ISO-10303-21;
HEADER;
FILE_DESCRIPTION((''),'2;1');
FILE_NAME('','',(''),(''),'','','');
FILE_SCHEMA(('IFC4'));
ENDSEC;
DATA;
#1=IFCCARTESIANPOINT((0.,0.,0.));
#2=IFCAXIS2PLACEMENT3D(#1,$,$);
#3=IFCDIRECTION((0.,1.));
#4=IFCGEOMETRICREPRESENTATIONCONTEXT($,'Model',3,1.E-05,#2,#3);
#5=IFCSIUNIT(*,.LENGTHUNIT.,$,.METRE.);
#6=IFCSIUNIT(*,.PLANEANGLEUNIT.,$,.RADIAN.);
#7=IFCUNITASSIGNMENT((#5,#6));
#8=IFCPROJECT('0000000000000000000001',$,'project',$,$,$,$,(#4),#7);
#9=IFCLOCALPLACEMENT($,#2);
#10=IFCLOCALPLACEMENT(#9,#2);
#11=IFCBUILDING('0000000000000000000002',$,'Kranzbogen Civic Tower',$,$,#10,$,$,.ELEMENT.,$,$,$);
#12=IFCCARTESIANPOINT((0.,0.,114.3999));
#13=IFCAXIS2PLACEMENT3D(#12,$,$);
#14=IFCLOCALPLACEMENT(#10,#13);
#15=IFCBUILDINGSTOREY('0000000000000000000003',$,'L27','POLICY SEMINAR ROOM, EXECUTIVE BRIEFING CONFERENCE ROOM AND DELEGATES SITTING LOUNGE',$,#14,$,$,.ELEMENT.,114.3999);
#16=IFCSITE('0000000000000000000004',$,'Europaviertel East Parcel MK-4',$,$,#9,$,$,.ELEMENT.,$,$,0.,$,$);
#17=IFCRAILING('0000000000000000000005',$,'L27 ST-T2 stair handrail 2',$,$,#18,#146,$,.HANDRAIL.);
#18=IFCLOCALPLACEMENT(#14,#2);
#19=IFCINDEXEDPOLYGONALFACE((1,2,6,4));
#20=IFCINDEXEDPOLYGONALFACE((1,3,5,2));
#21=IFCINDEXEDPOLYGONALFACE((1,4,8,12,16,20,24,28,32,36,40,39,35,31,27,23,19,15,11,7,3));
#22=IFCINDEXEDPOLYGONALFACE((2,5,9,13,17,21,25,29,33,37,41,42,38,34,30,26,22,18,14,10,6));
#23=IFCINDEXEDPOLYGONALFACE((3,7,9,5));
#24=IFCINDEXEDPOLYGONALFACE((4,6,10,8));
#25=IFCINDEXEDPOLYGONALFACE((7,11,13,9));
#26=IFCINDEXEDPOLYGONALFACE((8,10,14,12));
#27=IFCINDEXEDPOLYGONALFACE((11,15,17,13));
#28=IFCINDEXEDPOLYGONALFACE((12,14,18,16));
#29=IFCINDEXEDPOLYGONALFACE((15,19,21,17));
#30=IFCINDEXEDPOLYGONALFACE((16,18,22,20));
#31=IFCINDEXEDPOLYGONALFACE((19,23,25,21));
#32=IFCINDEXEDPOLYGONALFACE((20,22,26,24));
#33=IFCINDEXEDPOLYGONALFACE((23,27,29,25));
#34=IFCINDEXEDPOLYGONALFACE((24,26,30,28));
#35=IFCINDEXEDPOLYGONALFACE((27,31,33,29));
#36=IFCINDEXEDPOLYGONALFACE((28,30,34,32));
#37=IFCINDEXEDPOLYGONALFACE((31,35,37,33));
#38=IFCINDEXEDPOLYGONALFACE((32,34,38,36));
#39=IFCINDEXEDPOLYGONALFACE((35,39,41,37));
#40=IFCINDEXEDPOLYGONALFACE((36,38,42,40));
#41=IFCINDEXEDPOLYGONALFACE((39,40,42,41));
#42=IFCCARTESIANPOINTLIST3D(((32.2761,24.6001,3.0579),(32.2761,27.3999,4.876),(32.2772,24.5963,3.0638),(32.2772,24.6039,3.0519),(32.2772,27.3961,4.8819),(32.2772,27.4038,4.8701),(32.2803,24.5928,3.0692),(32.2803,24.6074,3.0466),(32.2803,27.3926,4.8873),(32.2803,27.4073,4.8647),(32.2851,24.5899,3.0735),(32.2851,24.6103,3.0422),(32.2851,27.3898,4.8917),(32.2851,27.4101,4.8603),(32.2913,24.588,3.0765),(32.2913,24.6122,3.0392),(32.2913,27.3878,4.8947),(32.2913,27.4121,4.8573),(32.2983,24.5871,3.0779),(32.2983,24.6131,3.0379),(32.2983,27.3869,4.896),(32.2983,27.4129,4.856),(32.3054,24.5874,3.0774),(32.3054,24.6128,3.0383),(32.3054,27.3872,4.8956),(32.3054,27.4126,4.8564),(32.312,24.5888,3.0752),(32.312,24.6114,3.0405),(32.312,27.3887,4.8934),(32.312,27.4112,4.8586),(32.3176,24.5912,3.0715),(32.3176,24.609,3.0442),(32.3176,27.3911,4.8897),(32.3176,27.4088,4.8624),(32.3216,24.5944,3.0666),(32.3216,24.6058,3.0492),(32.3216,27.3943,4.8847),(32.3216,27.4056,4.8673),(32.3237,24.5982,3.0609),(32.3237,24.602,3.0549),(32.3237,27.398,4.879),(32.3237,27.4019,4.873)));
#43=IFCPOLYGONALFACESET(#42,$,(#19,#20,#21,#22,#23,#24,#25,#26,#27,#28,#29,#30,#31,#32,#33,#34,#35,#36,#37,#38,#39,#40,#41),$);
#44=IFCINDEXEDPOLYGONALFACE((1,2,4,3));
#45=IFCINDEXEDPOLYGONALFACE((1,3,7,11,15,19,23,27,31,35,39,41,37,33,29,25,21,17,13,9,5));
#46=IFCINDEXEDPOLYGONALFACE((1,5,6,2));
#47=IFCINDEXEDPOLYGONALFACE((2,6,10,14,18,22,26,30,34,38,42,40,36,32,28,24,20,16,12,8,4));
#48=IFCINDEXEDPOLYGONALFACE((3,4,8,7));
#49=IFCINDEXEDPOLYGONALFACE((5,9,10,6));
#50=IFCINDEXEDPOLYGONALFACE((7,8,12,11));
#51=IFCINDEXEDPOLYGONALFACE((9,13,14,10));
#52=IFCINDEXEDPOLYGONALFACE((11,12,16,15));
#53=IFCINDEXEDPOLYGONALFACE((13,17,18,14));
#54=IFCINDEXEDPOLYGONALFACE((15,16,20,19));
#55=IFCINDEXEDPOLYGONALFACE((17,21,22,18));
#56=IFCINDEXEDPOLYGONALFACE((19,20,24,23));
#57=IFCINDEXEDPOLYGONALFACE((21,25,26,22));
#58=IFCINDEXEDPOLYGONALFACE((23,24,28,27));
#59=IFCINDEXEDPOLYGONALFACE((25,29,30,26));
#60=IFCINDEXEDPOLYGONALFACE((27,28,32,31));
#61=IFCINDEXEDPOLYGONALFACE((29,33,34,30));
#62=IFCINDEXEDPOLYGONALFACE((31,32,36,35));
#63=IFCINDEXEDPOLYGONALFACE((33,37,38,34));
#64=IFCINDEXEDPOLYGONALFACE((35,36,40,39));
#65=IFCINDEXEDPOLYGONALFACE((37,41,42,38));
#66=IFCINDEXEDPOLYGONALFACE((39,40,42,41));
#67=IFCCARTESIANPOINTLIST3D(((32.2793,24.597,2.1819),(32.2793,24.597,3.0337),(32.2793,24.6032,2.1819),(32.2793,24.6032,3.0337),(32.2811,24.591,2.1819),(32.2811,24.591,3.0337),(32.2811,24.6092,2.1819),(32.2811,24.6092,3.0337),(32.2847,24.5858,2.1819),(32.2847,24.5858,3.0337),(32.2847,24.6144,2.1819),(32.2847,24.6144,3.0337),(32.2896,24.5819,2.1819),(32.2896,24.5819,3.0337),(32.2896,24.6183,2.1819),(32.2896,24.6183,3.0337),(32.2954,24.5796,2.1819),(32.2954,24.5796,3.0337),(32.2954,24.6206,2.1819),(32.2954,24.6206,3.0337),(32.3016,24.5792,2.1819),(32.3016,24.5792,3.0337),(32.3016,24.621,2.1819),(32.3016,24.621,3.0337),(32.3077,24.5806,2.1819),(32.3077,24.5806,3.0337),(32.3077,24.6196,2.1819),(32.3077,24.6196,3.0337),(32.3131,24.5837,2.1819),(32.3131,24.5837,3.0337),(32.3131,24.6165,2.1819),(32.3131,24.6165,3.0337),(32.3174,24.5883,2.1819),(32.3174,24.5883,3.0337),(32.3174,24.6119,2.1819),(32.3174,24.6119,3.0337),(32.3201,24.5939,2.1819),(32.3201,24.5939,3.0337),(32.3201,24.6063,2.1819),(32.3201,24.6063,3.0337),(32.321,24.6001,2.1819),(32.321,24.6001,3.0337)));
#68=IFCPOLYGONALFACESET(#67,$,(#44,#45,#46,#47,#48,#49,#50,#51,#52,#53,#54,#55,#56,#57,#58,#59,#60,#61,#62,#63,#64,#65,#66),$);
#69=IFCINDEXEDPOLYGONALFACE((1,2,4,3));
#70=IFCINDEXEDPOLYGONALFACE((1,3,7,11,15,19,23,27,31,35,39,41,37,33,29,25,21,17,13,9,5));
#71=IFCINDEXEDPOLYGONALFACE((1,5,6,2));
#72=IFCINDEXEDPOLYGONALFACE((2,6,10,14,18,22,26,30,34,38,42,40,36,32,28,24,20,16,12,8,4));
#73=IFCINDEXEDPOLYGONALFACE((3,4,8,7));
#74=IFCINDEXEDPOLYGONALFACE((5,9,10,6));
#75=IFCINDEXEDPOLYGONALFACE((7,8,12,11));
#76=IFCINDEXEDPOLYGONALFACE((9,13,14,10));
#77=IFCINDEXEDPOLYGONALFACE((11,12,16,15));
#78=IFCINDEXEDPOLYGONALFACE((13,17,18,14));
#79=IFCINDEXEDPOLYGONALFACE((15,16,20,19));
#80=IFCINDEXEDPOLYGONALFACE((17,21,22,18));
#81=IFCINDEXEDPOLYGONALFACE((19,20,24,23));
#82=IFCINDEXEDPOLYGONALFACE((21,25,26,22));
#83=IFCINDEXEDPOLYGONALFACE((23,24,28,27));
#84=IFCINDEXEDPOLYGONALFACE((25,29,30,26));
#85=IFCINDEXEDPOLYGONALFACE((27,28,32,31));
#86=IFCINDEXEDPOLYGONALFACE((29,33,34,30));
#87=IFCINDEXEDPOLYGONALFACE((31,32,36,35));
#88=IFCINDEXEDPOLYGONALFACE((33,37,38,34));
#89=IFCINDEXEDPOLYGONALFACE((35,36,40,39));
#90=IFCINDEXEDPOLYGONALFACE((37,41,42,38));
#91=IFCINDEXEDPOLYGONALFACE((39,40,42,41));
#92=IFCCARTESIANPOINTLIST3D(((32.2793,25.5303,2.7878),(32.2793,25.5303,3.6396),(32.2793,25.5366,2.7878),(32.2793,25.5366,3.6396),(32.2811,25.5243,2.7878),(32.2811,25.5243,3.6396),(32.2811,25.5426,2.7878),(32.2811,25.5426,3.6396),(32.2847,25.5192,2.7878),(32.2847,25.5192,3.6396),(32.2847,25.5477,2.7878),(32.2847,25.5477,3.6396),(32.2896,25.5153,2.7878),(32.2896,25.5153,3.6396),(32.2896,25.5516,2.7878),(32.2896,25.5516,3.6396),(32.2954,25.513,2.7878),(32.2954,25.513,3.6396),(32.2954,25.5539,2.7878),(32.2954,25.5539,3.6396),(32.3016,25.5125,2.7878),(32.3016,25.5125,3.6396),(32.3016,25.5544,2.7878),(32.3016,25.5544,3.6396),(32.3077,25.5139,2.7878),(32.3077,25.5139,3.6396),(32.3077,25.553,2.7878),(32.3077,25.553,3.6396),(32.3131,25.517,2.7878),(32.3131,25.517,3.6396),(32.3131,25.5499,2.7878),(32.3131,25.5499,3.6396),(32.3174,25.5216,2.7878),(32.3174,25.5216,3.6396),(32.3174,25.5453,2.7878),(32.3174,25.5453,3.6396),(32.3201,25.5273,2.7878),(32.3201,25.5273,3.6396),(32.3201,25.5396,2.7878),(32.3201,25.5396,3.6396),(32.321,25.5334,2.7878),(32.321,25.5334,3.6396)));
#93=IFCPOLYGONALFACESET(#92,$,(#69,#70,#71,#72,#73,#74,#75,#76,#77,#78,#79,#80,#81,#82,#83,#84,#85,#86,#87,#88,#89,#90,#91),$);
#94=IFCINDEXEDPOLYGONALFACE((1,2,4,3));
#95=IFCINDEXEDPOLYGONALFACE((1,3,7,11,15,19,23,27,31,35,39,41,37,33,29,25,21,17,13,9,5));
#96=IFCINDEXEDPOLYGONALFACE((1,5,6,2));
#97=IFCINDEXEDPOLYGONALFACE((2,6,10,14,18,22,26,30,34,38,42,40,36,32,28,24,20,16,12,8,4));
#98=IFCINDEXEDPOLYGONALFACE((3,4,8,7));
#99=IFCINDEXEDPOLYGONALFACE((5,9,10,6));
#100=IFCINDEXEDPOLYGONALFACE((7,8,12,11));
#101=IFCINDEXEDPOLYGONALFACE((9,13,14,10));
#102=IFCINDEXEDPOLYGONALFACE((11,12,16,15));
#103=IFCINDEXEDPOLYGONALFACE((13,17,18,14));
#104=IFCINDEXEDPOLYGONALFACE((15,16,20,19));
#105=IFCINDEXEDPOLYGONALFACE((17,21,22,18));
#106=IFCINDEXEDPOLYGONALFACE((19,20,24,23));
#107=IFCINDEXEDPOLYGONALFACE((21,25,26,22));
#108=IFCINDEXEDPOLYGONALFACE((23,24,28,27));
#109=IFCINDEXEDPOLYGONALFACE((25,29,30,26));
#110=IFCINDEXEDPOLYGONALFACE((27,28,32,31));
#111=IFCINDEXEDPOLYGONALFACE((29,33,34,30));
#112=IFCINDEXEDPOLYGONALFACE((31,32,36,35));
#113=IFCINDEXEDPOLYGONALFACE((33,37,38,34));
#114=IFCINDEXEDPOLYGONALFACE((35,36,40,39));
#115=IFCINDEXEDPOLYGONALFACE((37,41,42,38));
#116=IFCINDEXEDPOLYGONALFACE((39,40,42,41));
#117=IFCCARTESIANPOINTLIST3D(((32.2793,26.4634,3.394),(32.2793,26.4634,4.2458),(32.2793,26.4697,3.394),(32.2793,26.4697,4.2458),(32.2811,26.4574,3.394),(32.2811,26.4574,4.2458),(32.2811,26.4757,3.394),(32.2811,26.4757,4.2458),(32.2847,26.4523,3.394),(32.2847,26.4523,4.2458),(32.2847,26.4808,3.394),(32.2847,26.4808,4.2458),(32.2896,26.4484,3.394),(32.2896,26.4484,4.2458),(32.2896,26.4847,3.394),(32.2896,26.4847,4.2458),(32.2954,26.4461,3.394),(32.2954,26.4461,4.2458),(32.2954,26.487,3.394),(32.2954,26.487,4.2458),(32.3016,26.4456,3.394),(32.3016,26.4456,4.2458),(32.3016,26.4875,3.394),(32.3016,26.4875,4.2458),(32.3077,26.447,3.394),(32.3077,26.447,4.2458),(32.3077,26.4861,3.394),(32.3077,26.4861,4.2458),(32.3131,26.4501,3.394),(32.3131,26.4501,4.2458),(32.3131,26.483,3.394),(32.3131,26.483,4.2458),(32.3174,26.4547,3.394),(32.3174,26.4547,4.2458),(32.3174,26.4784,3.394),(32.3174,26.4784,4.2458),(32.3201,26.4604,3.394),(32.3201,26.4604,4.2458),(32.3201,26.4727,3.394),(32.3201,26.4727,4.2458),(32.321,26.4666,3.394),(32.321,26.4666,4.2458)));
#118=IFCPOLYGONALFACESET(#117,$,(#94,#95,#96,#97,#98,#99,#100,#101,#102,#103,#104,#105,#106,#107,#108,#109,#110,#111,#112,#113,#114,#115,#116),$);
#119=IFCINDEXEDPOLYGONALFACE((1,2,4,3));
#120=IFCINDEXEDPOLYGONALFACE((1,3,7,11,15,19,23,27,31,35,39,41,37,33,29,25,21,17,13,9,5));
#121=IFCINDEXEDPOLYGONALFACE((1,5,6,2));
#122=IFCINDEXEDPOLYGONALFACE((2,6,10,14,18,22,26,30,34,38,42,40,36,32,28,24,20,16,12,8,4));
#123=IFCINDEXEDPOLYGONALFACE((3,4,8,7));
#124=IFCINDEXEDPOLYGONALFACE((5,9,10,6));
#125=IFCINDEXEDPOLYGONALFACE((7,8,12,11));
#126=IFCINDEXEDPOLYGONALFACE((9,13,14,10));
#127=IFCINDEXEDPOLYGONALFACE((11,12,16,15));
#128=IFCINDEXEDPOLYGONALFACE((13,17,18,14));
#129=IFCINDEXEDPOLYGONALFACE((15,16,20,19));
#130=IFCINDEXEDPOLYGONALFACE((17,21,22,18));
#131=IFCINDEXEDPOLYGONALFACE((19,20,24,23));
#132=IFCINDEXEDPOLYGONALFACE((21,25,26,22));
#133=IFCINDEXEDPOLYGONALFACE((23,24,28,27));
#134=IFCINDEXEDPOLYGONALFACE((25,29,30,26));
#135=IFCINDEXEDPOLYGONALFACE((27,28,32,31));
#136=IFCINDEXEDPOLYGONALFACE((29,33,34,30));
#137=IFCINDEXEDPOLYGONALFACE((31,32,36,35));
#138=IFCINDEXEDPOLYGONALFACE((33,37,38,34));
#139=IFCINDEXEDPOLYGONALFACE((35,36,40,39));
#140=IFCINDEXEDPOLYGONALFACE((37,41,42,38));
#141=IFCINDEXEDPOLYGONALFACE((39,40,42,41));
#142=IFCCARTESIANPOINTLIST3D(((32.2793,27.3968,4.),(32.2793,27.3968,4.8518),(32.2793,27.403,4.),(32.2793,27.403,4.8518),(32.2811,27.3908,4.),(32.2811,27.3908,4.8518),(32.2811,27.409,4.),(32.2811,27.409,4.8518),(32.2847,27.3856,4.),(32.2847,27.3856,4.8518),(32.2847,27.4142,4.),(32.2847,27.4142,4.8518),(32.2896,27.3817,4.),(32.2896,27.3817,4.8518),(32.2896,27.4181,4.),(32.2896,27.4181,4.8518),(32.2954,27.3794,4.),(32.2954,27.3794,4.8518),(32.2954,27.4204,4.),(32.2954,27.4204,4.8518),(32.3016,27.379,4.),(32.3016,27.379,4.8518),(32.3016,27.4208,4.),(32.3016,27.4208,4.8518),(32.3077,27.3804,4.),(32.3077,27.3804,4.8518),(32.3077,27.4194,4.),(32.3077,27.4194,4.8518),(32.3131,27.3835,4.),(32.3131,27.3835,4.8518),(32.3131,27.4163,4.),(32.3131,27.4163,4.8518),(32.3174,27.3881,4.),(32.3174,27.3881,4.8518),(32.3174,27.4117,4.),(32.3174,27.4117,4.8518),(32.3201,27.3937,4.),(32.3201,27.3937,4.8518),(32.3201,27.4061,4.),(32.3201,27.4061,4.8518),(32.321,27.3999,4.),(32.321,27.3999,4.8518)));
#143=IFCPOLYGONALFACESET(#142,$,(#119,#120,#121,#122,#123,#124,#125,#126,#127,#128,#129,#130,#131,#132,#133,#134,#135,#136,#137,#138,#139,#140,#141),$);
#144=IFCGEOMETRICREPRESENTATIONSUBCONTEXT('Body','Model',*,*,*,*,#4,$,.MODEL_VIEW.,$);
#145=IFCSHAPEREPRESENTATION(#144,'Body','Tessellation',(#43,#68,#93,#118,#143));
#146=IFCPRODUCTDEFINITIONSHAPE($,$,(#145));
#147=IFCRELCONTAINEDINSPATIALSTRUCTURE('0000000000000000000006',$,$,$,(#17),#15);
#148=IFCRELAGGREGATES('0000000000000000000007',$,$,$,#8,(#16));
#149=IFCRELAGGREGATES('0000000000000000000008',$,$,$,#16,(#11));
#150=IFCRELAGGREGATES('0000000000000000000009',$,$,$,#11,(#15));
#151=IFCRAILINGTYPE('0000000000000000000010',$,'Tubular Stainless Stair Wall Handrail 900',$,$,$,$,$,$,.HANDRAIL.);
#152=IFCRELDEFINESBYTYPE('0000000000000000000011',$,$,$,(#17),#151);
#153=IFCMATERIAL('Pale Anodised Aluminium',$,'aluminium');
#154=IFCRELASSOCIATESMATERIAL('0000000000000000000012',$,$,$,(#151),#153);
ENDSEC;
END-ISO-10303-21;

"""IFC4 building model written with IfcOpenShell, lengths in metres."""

from ifc_helpers import new_model, si_unit, direction, frame, origin, origin_2d, place, context, subcontext, project, spatial, circle, extrude, material, type_object, element, save


model = new_model("IFC4")

# Units and contexts
model_context = context("Model", 3, precision=1e-05, world=origin(), true_north=direction((0.0, 1.0)))
body_context = subcontext(model_context, "Body", "Model", "MODEL_VIEW")
ifc_project = project(units=[si_unit("LENGTHUNIT", "METRE"), si_unit("PLANEANGLEUNIT", "RADIAN")], contexts=[model_context])

# Site, building, storey
site_placement = place(None, origin())
site = spatial("IfcSite", under=ifc_project, at=site_placement, Name="Europaviertel East Parcel MK-4", CompositionType="ELEMENT", RefElevation=0.0)
building_placement = place(site_placement, origin())
building = spatial("IfcBuilding", under=site, at=building_placement, Name="Kranzbogen Civic Tower", CompositionType="ELEMENT")
storey_placement = place(building_placement, frame((0.0, 0.0, 114.3999)))
storey = spatial("IfcBuildingStorey", under=building, at=storey_placement, Name="L27", Description="POLICY SEMINAR ROOM, EXECUTIVE BRIEFING CONFERENCE ROOM AND DELEGATES SITTING LOUNGE", CompositionType="ELEMENT", Elevation=114.3999)

# Shared definitions
ifc_material_1 = material(Name="Pale Anodised Aluminium", Category="aluminium")

# Railing
railing_type_1 = type_object("IfcRailingType", Name="Tubular Stainless Stair Wall Handrail 900", PredefinedType="HANDRAIL", material=ifc_material_1)
railing_1_placement = place(storey_placement, frame((32.3, 24.6001, 2.1819)))
element("IfcRailing", 1, at=railing_1_placement, inside=storey, type_object=railing_type_1, Name="L27 ST-T2 stair handrail 2", PredefinedType="HANDRAIL", context=body_context, shape_type="SweptSolid", body=[
    extrude(circle(Radius=0.0239, at=origin_2d()), frame((0.0, 0.0, 0.876), z_axis=(0.0, 0.838684, 0.544618), x_axis=(-1.0, 0.0, 0.0)), (0.0, 0.0, 1.0), 3.3384),
    extrude(circle(Radius=0.021, at=origin_2d()), origin(), (0.0, 0.0, 1.0), 0.8518),
    extrude(circle(Radius=0.021, at=origin_2d()), frame((0.0, 0.9333, 0.606)), (0.0, 0.0, 1.0), 0.8518),
    extrude(circle(Radius=0.021, at=origin_2d()), frame((0.0, 1.8665, 1.2122)), (0.0, 0.0, 1.0), 0.8518),
    extrude(circle(Radius=0.021, at=origin_2d()), frame((0.0, 2.7998, 1.8181)), (0.0, 0.0, 1.0), 0.8518),
])

save(model, "model.ifc")
